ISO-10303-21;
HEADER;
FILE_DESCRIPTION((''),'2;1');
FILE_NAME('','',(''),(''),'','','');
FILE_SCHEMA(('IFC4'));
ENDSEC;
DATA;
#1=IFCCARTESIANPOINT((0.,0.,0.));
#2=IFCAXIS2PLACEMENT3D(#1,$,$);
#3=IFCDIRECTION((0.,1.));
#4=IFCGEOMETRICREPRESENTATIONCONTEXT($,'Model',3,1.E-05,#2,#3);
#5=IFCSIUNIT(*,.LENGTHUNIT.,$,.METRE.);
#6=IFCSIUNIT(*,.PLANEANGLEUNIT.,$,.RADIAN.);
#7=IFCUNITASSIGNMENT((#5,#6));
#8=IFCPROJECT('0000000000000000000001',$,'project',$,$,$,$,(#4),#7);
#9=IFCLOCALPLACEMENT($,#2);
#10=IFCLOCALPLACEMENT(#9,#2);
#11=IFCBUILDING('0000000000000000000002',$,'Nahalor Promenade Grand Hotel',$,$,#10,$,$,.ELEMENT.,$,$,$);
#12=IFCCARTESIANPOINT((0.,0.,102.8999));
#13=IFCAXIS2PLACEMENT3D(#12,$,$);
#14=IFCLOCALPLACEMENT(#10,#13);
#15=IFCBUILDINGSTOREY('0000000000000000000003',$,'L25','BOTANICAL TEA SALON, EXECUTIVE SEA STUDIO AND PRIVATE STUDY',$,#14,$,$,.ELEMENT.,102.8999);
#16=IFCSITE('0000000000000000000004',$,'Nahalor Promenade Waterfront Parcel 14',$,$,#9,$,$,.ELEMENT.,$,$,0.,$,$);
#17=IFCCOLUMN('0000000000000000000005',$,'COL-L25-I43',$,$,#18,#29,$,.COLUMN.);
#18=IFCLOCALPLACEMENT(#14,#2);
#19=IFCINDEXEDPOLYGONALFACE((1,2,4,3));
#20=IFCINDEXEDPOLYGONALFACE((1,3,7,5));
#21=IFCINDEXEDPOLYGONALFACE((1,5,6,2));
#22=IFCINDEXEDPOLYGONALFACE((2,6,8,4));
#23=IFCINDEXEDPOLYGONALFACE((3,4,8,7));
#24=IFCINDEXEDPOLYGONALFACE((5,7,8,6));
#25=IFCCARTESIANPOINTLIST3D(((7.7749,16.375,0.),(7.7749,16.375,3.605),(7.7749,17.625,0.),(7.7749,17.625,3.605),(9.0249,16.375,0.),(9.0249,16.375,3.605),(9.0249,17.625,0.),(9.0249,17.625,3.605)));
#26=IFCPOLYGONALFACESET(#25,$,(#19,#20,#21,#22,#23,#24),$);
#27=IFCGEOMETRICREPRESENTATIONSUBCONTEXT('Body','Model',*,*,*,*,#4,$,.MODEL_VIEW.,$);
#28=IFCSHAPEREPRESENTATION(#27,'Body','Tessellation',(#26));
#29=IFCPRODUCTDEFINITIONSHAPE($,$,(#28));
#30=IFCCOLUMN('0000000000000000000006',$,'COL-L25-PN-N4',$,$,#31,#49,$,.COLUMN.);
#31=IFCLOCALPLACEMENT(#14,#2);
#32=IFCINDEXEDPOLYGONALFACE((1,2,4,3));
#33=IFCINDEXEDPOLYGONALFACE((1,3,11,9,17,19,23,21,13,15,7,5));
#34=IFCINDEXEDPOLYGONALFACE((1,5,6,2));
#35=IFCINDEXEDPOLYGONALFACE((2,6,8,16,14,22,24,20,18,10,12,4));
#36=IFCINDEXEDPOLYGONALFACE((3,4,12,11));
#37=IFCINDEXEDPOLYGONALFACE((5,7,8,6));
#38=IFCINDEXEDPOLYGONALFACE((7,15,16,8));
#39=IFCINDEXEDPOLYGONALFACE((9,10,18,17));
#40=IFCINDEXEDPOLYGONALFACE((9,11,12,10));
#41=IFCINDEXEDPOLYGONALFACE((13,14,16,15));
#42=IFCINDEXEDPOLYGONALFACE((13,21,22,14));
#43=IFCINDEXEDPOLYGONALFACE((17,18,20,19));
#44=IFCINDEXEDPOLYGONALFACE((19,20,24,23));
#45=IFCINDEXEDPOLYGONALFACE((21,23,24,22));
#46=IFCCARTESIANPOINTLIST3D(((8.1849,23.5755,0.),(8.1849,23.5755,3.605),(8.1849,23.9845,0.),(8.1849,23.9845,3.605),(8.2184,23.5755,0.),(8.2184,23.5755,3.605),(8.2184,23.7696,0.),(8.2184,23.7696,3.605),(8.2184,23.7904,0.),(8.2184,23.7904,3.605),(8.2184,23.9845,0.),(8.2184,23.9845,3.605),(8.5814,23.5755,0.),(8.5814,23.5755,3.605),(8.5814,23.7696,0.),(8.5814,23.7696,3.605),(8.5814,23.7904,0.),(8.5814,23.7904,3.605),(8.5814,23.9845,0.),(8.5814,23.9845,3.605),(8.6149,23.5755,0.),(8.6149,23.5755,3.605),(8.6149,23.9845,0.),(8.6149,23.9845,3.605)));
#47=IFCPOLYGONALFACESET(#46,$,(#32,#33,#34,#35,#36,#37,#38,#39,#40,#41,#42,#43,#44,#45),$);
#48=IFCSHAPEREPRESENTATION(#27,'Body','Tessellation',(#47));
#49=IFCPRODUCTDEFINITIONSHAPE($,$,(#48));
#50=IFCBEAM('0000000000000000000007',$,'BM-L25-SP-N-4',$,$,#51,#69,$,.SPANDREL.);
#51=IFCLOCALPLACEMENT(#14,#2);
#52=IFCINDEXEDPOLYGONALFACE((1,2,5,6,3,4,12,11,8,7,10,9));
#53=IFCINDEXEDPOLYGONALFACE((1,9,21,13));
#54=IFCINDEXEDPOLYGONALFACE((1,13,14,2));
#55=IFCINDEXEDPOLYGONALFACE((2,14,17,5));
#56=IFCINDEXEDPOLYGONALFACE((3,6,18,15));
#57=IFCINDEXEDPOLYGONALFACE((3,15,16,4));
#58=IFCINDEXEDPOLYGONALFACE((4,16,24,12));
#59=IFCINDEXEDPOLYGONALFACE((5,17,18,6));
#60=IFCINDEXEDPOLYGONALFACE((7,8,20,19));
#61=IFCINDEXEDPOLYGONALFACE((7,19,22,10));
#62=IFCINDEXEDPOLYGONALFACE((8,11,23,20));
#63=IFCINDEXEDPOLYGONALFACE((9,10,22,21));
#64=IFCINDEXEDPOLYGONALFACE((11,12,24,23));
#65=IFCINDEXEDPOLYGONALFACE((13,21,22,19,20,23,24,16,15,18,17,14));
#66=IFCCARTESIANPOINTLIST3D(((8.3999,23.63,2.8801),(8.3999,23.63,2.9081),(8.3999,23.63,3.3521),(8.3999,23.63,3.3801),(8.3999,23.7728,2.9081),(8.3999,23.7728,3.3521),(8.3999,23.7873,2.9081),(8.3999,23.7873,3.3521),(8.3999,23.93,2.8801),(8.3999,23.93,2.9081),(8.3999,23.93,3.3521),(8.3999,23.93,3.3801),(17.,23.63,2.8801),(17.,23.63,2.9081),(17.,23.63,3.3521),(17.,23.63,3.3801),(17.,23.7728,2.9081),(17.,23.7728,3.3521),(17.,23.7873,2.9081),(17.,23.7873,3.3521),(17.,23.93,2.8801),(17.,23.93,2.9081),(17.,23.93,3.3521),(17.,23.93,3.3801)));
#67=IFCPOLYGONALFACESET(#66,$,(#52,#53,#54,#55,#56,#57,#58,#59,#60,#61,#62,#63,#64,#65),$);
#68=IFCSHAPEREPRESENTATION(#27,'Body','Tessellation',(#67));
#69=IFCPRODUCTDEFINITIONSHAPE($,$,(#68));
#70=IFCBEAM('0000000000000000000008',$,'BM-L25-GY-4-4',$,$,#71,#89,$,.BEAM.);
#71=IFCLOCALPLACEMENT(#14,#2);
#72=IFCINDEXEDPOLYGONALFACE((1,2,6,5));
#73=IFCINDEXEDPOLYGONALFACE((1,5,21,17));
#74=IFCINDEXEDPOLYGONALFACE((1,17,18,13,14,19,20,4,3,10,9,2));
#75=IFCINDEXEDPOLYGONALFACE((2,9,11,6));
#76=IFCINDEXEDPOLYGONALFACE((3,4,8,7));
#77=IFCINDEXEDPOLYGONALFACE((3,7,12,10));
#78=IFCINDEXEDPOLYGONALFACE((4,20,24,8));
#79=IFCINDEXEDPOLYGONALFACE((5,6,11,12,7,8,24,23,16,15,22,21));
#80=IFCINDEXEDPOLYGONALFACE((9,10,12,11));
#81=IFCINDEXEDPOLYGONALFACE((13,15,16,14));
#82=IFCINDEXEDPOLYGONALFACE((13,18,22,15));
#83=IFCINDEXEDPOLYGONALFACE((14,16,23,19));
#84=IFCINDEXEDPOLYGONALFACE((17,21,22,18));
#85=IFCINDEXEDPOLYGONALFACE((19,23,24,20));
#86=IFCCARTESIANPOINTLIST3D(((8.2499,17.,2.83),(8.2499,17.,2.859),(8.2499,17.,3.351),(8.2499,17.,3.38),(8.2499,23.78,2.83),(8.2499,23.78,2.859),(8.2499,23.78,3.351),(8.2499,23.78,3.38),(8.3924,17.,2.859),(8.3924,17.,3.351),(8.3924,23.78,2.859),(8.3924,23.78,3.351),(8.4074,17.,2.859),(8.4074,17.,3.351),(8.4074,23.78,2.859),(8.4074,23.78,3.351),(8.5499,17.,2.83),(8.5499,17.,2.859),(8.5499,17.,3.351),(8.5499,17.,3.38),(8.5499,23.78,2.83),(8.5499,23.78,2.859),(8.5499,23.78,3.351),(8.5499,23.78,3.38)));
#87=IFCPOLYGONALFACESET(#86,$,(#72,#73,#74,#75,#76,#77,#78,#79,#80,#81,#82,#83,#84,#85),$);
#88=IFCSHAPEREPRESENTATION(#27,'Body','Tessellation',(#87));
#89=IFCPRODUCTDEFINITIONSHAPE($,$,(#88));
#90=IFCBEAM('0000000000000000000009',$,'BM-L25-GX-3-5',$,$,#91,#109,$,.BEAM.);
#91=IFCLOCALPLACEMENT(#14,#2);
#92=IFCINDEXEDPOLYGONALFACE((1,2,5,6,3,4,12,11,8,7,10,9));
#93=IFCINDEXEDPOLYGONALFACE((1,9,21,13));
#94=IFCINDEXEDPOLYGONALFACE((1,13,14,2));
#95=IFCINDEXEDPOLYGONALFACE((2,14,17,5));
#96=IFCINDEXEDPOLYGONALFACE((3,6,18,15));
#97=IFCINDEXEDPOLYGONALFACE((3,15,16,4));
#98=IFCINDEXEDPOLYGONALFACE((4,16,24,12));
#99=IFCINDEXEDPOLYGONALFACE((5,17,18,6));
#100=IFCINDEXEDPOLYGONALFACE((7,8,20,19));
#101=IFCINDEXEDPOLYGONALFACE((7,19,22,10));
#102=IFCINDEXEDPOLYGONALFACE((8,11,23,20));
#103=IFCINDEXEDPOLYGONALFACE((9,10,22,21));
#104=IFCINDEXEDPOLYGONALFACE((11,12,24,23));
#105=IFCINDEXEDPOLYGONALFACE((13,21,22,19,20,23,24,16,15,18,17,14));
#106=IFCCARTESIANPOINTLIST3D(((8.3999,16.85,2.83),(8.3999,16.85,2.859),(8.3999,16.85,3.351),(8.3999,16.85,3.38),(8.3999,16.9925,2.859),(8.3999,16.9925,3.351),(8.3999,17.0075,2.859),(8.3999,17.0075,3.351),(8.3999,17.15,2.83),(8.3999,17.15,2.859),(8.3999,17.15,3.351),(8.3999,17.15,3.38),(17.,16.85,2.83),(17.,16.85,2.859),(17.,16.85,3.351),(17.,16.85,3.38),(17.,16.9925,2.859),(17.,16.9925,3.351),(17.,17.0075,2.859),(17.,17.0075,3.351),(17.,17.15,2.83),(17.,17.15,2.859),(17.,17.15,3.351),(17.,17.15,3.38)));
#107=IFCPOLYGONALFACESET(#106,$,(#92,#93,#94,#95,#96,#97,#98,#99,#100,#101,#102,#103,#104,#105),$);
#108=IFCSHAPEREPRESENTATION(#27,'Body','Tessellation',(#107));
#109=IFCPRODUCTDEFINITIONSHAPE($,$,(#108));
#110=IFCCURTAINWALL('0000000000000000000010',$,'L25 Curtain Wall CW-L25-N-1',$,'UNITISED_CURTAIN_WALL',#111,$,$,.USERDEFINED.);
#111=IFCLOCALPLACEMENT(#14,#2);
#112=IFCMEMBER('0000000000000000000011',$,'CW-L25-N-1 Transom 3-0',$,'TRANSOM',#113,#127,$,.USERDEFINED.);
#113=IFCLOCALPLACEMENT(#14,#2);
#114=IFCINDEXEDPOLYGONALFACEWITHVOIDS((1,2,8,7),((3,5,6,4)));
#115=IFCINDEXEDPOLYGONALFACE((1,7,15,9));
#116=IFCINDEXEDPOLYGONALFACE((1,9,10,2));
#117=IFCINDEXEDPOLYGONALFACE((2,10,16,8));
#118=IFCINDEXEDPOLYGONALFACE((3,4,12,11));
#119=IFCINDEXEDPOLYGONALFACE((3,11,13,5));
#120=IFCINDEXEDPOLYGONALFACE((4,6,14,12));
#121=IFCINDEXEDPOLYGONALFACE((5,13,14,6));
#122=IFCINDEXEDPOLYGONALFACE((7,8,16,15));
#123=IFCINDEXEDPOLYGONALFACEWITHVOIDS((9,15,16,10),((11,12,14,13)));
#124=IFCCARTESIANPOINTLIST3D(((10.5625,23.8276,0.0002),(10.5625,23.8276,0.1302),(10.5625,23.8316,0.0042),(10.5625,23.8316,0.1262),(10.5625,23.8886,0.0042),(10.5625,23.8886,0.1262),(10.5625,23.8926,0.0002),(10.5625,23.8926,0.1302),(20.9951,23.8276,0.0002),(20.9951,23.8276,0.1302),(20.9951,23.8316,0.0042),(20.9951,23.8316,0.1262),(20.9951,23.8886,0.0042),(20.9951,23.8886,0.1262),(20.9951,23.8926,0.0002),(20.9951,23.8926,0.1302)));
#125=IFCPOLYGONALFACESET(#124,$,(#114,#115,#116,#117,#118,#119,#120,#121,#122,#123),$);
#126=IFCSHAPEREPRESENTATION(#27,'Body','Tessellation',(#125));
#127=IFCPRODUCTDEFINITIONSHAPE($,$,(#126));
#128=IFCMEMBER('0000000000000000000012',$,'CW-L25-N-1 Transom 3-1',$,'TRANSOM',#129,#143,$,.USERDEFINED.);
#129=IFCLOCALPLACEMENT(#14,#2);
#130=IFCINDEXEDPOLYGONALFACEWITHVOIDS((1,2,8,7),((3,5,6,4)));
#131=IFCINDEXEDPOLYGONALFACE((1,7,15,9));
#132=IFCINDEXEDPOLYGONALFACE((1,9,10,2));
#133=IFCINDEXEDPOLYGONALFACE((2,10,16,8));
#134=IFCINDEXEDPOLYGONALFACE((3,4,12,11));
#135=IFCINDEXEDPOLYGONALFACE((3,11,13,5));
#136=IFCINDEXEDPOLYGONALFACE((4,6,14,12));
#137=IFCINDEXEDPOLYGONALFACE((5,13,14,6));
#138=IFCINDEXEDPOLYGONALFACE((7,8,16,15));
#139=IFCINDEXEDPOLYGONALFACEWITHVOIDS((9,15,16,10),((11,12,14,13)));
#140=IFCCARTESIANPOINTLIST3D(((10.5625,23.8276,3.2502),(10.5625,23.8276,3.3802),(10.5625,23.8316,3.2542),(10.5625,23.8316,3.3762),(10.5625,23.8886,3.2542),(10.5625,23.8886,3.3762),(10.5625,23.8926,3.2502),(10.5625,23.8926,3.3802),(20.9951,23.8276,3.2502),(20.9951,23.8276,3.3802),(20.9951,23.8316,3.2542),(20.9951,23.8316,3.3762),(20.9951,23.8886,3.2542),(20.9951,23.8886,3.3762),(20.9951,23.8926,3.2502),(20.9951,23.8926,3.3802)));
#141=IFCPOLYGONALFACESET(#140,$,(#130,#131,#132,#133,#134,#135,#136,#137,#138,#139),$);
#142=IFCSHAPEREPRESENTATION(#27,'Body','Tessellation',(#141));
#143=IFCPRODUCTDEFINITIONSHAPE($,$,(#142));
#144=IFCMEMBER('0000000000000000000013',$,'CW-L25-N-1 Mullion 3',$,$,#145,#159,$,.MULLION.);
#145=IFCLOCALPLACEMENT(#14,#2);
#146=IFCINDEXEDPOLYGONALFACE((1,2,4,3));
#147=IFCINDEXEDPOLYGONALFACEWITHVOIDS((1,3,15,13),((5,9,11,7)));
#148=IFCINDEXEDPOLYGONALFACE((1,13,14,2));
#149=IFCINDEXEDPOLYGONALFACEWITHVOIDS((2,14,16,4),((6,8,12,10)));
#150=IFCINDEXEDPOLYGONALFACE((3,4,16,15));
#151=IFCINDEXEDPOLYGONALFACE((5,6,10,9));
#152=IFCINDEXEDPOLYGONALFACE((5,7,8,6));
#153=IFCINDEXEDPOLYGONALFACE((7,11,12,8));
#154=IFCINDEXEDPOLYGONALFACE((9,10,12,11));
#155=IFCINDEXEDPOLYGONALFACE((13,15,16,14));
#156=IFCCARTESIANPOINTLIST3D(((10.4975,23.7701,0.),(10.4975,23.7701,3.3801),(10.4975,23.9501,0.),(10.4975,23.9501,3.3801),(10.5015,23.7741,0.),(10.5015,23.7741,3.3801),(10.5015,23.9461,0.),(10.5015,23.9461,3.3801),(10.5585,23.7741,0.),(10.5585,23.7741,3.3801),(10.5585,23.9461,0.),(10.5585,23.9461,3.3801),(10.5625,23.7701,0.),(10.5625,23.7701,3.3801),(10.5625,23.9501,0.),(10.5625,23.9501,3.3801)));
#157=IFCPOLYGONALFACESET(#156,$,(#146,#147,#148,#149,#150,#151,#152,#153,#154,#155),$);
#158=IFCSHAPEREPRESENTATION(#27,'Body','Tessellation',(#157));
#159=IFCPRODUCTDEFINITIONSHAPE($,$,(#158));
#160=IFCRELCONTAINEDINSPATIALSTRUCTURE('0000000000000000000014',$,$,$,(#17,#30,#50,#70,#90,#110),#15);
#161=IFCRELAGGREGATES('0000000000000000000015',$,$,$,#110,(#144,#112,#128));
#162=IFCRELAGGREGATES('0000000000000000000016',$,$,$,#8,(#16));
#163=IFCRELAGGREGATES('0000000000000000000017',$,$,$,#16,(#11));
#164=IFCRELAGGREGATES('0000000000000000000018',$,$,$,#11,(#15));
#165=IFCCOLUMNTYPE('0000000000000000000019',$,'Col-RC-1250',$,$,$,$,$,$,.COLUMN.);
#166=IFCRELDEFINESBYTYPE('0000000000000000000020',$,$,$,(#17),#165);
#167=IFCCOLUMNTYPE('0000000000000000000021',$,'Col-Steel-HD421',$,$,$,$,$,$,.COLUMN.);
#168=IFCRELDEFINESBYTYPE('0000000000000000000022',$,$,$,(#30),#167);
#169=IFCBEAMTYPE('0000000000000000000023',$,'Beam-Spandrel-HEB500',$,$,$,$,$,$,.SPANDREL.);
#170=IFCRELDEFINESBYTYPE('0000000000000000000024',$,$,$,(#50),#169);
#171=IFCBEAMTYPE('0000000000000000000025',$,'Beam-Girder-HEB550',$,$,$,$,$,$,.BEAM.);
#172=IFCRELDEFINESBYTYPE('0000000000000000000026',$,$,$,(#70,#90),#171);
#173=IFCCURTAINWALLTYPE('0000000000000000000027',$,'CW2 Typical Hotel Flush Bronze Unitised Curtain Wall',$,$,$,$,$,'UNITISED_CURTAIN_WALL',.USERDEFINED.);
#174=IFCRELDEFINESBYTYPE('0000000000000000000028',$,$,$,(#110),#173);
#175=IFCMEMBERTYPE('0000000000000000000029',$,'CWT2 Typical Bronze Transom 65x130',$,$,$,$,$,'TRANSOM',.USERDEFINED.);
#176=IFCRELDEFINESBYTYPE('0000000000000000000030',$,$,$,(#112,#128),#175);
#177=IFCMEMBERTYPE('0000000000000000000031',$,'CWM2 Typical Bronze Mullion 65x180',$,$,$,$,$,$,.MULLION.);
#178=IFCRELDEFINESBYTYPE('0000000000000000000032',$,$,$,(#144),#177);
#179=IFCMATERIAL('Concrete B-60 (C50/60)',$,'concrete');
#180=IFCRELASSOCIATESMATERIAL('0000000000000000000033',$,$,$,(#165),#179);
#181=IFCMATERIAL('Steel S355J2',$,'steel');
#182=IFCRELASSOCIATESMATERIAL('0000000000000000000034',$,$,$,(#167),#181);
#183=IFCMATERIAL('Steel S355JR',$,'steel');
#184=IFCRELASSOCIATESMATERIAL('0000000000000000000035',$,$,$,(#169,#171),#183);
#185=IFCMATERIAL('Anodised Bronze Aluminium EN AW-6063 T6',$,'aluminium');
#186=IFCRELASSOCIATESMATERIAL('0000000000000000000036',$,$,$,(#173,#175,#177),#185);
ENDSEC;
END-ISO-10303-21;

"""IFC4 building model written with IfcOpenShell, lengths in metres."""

from ifc_helpers import new_model, si_unit, direction, frame, origin, origin_2d, place, context, subcontext, project, spatial, rectangle, hollow_rectangle, i_section, extrude, source, transform, mapped, material, material_profile, profile_set, type_object, element, aggregate, save


model = new_model("IFC4")

# Units and contexts
model_context = context("Model", 3, precision=1e-05, world=origin(), true_north=direction((0.0, 1.0)))
body_context = subcontext(model_context, "Body", "Model", "MODEL_VIEW")
ifc_project = project(units=[si_unit("LENGTHUNIT", "METRE"), si_unit("PLANEANGLEUNIT", "RADIAN")], contexts=[model_context])

# Site, building, storey
site_placement = place(None, origin())
site = spatial("IfcSite", under=ifc_project, at=site_placement, Name="Nahalor Promenade Waterfront Parcel 14", CompositionType="ELEMENT", RefElevation=0.0)
building_placement = place(site_placement, origin())
building = spatial("IfcBuilding", under=site, at=building_placement, Name="Nahalor Promenade Grand Hotel", CompositionType="ELEMENT")
storey_placement = place(building_placement, frame((0.0, 0.0, 102.8999)))
storey = spatial("IfcBuildingStorey", under=building, at=storey_placement, Name="L25", Description="BOTANICAL TEA SALON, EXECUTIVE SEA STUDIO AND PRIVATE STUDY", CompositionType="ELEMENT", Elevation=102.8999)

# Columns
ifc_material_1 = material(Name="Concrete B-60 (C50/60)", Category="concrete")
ifc_material_profile_1 = material_profile(ifc_material_1, rectangle(XDim=1.25, YDim=1.25, at=origin_2d()), Name="RC 1250x1250")
ifc_profile_set_1 = profile_set([ifc_material_profile_1], Name="Concrete B-60 (C50/60)")
column_type_1 = type_object("IfcColumnType", Name="Col-RC-1250", PredefinedType="COLUMN", material=ifc_profile_set_1)
shared_shape_1 = source(origin(), body_context, "Body", "SweptSolid", [
    extrude(rectangle(XDim=1.25, YDim=1.25, at=origin_2d()), origin(), (0.0, 0.0, 1.0), 3.605),
])
column_1_placement = place(storey_placement, frame((8.3999, 17.0, 0.0), z_axis=(0.0, 0.0, 1.0), x_axis=(1.0, 0.0, 0.0)))
element("IfcColumn", 1, at=column_1_placement, inside=storey, type_object=column_type_1, Name="COL-L25-I43", PredefinedType="COLUMN", context=body_context, shape_type="MappedRepresentation", body=[
    mapped(shared_shape_1, transform((0.0, 0.0, 0.0), scale=1.0)),
])
ifc_material_2 = material(Name="Steel S355J2", Category="steel")
ifc_material_profile_2 = material_profile(ifc_material_2, i_section(OverallWidth=0.409, OverallDepth=0.43, WebThickness=0.0208, FlangeThickness=0.0335, at=origin_2d()), Name="HD 400x421")
ifc_profile_set_2 = profile_set([ifc_material_profile_2], Name="Steel S355J2")
column_type_2 = type_object("IfcColumnType", Name="Col-Steel-HD421", PredefinedType="COLUMN", material=ifc_profile_set_2)
shared_shape_2 = source(origin(), body_context, "Body", "SweptSolid", [
    extrude(i_section(OverallWidth=0.409, OverallDepth=0.43, WebThickness=0.0208, FlangeThickness=0.0335, at=origin_2d()), origin(), (0.0, 0.0, 1.0), 3.605),
])
column_2_placement = place(storey_placement, frame((8.3999, 23.78, 0.0), z_axis=(0.0, 0.0, 1.0), x_axis=(0.0, 1.0, 0.0)))
element("IfcColumn", 2, at=column_2_placement, inside=storey, type_object=column_type_2, Name="COL-L25-PN-N4", PredefinedType="COLUMN", context=body_context, shape_type="MappedRepresentation", body=[
    mapped(shared_shape_2, transform((0.0, 0.0, 0.0), scale=1.0)),
])

# Beams
ifc_material_3 = material(Name="Steel S355JR", Category="steel")
ifc_material_profile_3 = material_profile(ifc_material_3, i_section(OverallWidth=0.3, OverallDepth=0.5, WebThickness=0.0145, FlangeThickness=0.028, at=origin_2d()), Name="HEB 500")
ifc_profile_set_3 = profile_set([ifc_material_profile_3], Name="Steel S355JR")
beam_type_1 = type_object("IfcBeamType", Name="Beam-Spandrel-HEB500", PredefinedType="SPANDREL", material=ifc_profile_set_3)
shared_shape_3 = source(origin(), body_context, "Body", "SweptSolid", [
    extrude(i_section(OverallWidth=0.3, OverallDepth=0.5, WebThickness=0.0145, FlangeThickness=0.028, at=origin_2d()), origin(), (0.0, 0.0, 1.0), 8.6001),
])
beam_1_placement = place(storey_placement, frame((8.3999, 23.78, 3.1301), z_axis=(1.0, 0.0, 0.0), x_axis=(0.0, 1.0, 0.0)))
element("IfcBeam", 3, at=beam_1_placement, inside=storey, type_object=beam_type_1, Name="BM-L25-SP-N-4", PredefinedType="SPANDREL", context=body_context, shape_type="MappedRepresentation", body=[
    mapped(shared_shape_3, transform((0.0, 0.0, 0.0), scale=1.0)),
])
ifc_material_profile_4 = material_profile(ifc_material_3, i_section(OverallWidth=0.3, OverallDepth=0.55, WebThickness=0.015, FlangeThickness=0.029, at=origin_2d()), Name="HEB 550")
ifc_profile_set_4 = profile_set([ifc_material_profile_4], Name="Steel S355JR")
beam_type_2 = type_object("IfcBeamType", Name="Beam-Girder-HEB550", PredefinedType="BEAM", material=ifc_profile_set_4)
shared_shape_4 = source(origin(), body_context, "Body", "SweptSolid", [
    extrude(i_section(OverallWidth=0.3, OverallDepth=0.55, WebThickness=0.015, FlangeThickness=0.029, at=origin_2d()), origin(), (0.0, 0.0, 1.0), 6.78),
])
beam_2_placement = place(storey_placement, frame((8.3999, 17.0, 3.105), z_axis=(0.0, 1.0, 0.0), x_axis=(-1.0, 0.0, 0.0)))
element("IfcBeam", 4, at=beam_2_placement, inside=storey, type_object=beam_type_2, Name="BM-L25-GY-4-4", PredefinedType="BEAM", context=body_context, shape_type="MappedRepresentation", body=[
    mapped(shared_shape_4, transform((0.0, 0.0, 0.0), scale=1.0)),
])
shared_shape_5 = source(origin(), body_context, "Body", "SweptSolid", [
    extrude(i_section(OverallWidth=0.3, OverallDepth=0.55, WebThickness=0.015, FlangeThickness=0.029, at=origin_2d()), origin(), (0.0, 0.0, 1.0), 8.6001),
])
beam_3_placement = place(storey_placement, frame((8.3999, 17.0, 3.105), z_axis=(1.0, 0.0, 0.0), x_axis=(0.0, 1.0, 0.0)))
element("IfcBeam", 5, at=beam_3_placement, inside=storey, type_object=beam_type_2, Name="BM-L25-GX-3-5", PredefinedType="BEAM", context=body_context, shape_type="MappedRepresentation", body=[
    mapped(shared_shape_5, transform((0.0, 0.0, 0.0), scale=1.0)),
])

# Curtain wall, members
ifc_material_4 = material(Name="Anodised Bronze Aluminium EN AW-6063 T6", Category="aluminium")
curtain_wall_type = type_object("IfcCurtainWallType", Name="CW2 Typical Hotel Flush Bronze Unitised Curtain Wall", ElementType="UNITISED_CURTAIN_WALL", PredefinedType="USERDEFINED", material=ifc_material_4)
curtain_wall_placement = place(storey_placement, origin())
curtain_wall = element("IfcCurtainWall", 6, at=curtain_wall_placement, inside=storey, type_object=curtain_wall_type, Name="L25 Curtain Wall CW-L25-N-1", ObjectType="UNITISED_CURTAIN_WALL", PredefinedType="USERDEFINED")
ifc_material_profile_5 = material_profile(ifc_material_4, hollow_rectangle(XDim=0.065, YDim=0.13, WallThickness=0.004, at=origin_2d()), Name="CWT 65x130x4")
ifc_profile_set_5 = profile_set([ifc_material_profile_5], Name="Anodised Bronze Aluminium EN AW-6063 T6")
member_type_1 = type_object("IfcMemberType", Name="CWT2 Typical Bronze Transom 65x130", ElementType="TRANSOM", PredefinedType="USERDEFINED", material=ifc_profile_set_5)
shared_shape_6 = source(origin(), body_context, "Body", "SweptSolid", [
    extrude(hollow_rectangle(XDim=0.065, YDim=0.13, WallThickness=0.004, at=origin_2d()), origin(), (0.0, 0.0, 1.0), 10.4326),
])
member_1_placement = place(storey_placement, frame((10.5625, 23.8601, 0.0652), z_axis=(1.0, 0.0, 0.0), x_axis=(0.0, 1.0, 0.0)))
member_1 = element("IfcMember", 7, at=member_1_placement, type_object=member_type_1, Name="CW-L25-N-1 Transom 3-0", ObjectType="TRANSOM", PredefinedType="USERDEFINED", context=body_context, shape_type="MappedRepresentation", body=[
    mapped(shared_shape_6, transform((0.0, 0.0, 0.0), scale=1.0)),
])
member_2_placement = place(storey_placement, frame((10.5625, 23.8601, 3.3152), z_axis=(1.0, 0.0, 0.0), x_axis=(0.0, 1.0, 0.0)))
member_2 = element("IfcMember", 8, at=member_2_placement, type_object=member_type_1, Name="CW-L25-N-1 Transom 3-1", ObjectType="TRANSOM", PredefinedType="USERDEFINED", context=body_context, shape_type="MappedRepresentation", body=[
    mapped(shared_shape_6, transform((0.0, 0.0, 0.0), scale=1.0)),
])
ifc_material_profile_6 = material_profile(ifc_material_4, hollow_rectangle(XDim=0.065, YDim=0.18, WallThickness=0.004, at=origin_2d()), Name="CWM 65x180x4")
ifc_profile_set_6 = profile_set([ifc_material_profile_6], Name="Anodised Bronze Aluminium EN AW-6063 T6")
member_type_2 = type_object("IfcMemberType", Name="CWM2 Typical Bronze Mullion 65x180", PredefinedType="MULLION", material=ifc_profile_set_6)
shared_shape_7 = source(origin(), body_context, "Body", "SweptSolid", [
    extrude(hollow_rectangle(XDim=0.065, YDim=0.18, WallThickness=0.004, at=origin_2d()), origin(), (0.0, 0.0, 1.0), 3.3801),
])
member_3_placement = place(storey_placement, frame((10.53, 23.8601, 0.0), z_axis=(0.0, 0.0, 1.0), x_axis=(1.0, 0.0, 0.0)))
member_3 = element("IfcMember", 9, at=member_3_placement, type_object=member_type_2, Name="CW-L25-N-1 Mullion 3", PredefinedType="MULLION", context=body_context, shape_type="MappedRepresentation", body=[
    mapped(shared_shape_7, transform((0.0, 0.0, 0.0), scale=1.0)),
])
aggregate(curtain_wall, [member_3, member_1, member_2])

save(model, "model.ifc")
